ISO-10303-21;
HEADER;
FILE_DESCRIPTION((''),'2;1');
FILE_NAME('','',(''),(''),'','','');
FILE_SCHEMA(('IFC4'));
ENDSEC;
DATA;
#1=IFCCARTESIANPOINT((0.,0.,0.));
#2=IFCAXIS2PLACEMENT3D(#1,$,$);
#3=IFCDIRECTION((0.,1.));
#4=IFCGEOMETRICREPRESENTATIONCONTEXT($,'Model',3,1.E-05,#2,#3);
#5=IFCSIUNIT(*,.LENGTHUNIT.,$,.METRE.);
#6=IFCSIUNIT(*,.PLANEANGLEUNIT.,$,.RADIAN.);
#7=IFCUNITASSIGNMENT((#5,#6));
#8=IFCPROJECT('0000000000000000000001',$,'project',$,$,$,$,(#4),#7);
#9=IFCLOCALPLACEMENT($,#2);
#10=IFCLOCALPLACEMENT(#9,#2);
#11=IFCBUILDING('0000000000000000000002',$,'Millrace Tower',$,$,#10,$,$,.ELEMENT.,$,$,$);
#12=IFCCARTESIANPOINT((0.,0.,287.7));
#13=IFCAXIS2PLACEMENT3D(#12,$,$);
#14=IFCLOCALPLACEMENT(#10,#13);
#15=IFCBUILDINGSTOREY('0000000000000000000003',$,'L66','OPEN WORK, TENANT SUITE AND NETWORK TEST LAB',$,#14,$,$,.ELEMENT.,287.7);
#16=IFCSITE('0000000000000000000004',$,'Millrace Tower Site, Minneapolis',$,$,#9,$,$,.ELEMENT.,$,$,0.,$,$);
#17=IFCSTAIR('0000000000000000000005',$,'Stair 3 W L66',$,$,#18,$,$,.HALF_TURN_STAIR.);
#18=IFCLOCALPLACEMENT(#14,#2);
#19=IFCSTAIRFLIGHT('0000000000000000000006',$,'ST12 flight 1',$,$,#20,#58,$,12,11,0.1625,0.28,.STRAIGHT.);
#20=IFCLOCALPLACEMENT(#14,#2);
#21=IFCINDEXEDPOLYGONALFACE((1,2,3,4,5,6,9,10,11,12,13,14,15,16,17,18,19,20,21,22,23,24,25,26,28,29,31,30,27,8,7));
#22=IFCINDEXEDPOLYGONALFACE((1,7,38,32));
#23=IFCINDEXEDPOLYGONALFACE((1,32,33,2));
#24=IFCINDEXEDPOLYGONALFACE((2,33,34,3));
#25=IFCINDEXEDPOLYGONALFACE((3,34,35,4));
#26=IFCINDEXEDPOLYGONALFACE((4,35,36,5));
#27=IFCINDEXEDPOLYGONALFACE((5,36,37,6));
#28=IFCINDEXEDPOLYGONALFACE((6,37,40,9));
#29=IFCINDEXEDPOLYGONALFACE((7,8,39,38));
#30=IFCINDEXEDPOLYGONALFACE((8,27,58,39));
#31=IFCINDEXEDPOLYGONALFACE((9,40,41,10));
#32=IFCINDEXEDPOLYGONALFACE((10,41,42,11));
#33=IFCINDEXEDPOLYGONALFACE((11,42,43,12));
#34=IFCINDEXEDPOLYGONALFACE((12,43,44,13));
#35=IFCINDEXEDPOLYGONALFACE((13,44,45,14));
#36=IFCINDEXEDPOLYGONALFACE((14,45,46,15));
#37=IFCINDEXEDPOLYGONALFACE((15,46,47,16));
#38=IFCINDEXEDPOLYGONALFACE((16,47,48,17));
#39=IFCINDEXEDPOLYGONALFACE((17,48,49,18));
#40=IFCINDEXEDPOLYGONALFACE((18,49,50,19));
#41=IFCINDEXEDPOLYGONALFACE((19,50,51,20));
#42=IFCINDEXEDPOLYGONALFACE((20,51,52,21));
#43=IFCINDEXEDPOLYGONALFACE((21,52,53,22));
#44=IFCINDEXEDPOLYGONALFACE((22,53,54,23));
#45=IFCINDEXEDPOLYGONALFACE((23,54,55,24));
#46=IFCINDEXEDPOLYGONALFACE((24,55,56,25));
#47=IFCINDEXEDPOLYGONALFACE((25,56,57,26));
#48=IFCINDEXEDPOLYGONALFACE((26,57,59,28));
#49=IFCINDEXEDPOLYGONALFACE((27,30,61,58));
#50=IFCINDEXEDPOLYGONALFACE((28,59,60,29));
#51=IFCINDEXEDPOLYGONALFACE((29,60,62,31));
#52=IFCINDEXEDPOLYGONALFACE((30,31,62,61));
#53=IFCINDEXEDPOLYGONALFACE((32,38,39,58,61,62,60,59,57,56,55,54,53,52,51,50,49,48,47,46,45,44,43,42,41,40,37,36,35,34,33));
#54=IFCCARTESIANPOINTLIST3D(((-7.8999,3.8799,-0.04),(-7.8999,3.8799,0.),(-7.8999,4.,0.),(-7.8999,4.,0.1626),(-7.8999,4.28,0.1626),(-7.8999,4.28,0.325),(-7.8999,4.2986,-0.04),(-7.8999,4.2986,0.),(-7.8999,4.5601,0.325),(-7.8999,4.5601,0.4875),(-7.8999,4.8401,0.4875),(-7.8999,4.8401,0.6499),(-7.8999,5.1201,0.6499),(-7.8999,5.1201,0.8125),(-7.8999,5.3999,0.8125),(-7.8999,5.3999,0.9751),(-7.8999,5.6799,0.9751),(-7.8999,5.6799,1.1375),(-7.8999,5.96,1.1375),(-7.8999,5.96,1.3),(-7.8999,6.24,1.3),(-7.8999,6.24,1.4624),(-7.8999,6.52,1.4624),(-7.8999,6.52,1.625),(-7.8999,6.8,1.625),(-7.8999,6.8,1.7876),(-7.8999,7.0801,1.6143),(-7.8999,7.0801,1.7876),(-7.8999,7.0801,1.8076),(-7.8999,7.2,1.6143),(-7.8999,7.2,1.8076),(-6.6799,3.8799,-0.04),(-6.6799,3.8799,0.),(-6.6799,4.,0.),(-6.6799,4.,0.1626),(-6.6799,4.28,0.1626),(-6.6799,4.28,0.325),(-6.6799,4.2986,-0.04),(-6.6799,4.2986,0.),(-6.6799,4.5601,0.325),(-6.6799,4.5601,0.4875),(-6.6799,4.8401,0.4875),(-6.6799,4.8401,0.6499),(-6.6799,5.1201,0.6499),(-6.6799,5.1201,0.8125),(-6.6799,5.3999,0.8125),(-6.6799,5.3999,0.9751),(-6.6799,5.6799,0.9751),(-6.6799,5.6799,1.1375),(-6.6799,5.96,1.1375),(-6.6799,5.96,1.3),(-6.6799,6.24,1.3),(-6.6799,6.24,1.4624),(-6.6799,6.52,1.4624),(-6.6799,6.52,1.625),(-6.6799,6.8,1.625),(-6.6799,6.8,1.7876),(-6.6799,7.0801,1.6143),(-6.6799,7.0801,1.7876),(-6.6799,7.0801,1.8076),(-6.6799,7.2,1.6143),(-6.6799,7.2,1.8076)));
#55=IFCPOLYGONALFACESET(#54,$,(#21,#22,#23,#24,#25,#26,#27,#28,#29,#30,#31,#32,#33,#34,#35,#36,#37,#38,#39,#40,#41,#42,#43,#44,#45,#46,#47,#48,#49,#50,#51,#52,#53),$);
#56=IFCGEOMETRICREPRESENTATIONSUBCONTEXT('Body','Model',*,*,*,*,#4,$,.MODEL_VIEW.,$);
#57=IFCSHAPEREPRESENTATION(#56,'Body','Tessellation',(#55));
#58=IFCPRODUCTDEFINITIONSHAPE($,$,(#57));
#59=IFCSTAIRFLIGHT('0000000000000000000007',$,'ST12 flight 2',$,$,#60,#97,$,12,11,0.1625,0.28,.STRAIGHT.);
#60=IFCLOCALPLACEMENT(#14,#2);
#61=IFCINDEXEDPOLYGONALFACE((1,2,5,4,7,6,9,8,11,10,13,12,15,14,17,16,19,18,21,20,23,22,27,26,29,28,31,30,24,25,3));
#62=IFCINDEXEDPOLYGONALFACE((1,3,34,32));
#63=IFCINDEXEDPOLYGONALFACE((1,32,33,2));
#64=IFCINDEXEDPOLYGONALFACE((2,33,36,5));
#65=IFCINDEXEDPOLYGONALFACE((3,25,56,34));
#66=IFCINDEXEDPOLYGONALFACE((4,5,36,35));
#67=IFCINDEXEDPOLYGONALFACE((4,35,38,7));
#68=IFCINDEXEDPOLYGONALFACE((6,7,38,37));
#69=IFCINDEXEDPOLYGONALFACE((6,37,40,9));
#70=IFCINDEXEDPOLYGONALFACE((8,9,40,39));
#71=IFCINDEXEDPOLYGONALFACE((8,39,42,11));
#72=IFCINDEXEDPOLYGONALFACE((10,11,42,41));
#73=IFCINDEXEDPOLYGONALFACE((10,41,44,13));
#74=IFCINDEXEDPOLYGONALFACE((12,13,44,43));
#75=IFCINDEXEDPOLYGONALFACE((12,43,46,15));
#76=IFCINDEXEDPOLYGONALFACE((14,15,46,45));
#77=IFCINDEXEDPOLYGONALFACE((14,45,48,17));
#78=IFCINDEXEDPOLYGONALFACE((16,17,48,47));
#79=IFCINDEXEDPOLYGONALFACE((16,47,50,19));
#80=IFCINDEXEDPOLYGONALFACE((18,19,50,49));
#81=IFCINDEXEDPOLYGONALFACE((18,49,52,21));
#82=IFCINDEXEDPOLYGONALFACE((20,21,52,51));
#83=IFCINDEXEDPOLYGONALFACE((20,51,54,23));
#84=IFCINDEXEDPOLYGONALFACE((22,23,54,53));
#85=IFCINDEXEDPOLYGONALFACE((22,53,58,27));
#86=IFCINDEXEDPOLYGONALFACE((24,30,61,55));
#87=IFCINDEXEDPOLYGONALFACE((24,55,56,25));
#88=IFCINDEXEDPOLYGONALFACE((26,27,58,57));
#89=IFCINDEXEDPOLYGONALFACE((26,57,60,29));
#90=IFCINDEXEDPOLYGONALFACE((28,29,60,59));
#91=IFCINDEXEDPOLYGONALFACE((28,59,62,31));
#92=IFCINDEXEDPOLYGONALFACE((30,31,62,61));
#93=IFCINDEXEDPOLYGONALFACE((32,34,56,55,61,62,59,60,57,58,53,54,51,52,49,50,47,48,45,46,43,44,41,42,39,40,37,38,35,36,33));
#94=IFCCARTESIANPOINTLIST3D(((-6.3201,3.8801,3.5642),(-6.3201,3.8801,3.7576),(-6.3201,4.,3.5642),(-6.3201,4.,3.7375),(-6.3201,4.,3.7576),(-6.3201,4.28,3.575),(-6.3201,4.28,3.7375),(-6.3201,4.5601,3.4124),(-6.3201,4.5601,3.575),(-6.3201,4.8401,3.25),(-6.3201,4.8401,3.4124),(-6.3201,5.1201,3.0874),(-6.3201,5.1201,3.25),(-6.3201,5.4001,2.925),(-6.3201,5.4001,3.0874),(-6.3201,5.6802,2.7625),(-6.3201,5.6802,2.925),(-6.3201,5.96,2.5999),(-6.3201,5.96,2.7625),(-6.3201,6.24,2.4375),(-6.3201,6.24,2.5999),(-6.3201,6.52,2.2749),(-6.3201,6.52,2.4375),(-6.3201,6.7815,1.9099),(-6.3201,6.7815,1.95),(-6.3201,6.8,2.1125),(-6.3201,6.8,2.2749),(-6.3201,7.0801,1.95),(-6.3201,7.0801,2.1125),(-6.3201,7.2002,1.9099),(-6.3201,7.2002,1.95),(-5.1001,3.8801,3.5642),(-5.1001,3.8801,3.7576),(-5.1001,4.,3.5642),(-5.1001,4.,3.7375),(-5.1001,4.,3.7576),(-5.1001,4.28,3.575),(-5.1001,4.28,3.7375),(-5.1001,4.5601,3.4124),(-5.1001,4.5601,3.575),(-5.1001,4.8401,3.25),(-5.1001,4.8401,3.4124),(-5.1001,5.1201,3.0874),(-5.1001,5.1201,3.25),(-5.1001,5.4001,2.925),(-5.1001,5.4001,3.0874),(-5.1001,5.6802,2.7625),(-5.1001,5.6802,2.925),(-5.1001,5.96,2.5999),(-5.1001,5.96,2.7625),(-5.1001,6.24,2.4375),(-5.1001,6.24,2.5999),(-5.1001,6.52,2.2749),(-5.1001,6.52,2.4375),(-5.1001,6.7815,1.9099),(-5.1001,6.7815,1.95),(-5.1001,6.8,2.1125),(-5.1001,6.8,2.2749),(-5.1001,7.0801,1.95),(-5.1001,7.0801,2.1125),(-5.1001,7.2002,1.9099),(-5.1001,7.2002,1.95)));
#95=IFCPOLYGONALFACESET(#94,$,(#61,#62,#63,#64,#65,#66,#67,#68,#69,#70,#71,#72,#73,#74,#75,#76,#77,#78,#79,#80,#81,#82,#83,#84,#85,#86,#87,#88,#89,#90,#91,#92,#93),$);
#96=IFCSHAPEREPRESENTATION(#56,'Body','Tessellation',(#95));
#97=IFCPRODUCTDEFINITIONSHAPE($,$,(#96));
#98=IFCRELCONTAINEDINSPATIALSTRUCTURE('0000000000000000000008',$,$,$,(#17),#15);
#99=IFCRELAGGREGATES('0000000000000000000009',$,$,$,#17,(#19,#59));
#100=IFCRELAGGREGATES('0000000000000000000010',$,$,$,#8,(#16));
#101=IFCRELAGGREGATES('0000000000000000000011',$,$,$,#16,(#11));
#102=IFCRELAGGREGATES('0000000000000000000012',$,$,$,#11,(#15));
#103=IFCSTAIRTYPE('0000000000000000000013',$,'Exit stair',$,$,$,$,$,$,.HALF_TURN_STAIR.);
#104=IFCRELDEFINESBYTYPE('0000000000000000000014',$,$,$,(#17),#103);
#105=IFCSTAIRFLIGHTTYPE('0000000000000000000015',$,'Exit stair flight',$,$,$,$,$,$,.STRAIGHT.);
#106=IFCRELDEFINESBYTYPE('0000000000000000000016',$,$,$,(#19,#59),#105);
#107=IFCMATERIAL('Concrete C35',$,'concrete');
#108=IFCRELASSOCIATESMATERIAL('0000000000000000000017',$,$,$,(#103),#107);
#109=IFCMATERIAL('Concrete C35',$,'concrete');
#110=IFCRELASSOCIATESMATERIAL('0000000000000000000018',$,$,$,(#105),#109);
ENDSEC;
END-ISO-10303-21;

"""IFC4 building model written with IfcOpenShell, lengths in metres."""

from ifc_helpers import new_model, si_unit, direction, frame, origin, place, context, subcontext, project, spatial, polyline, outline, extrude, material, type_object, element, aggregate, save


model = new_model("IFC4")

# Units and contexts
model_context = context("Model", 3, precision=1e-05, world=origin(), true_north=direction((0.0, 1.0)))
body_context = subcontext(model_context, "Body", "Model", "MODEL_VIEW")
ifc_project = project(units=[si_unit("LENGTHUNIT", "METRE"), si_unit("PLANEANGLEUNIT", "RADIAN")], contexts=[model_context])

# Site, building, storey
site_placement = place(None, origin())
site = spatial("IfcSite", under=ifc_project, at=site_placement, Name="Millrace Tower Site, Minneapolis", CompositionType="ELEMENT", RefElevation=0.0)
building_placement = place(site_placement, origin())
building = spatial("IfcBuilding", under=site, at=building_placement, Name="Millrace Tower", CompositionType="ELEMENT")
storey_placement = place(building_placement, frame((0.0, 0.0, 287.7)))
storey = spatial("IfcBuildingStorey", under=building, at=storey_placement, Name="L66", Description="OPEN WORK, TENANT SUITE AND NETWORK TEST LAB", CompositionType="ELEMENT", Elevation=287.7)

# Shared definitions
placement_1 = place(storey_placement, origin())

# Stair, stair flights
ifc_material_1 = material(Name="Concrete C35", Category="concrete")
stair_type = type_object("IfcStairType", Name="Exit stair", PredefinedType="HALF_TURN_STAIR", material=ifc_material_1)
ifc_material_2 = material(Name="Concrete C35", Category="concrete")
stair_flight_type = type_object("IfcStairFlightType", Name="Exit stair flight", PredefinedType="STRAIGHT", material=ifc_material_2)
stair_1 = element("IfcStair", 1, at=placement_1, inside=storey, type_object=stair_type, Name="Stair 3 W L66", PredefinedType="HALF_TURN_STAIR")
stair_flight_1_placement = place(storey_placement, frame((-7.29, 4.0, 0.0), z_axis=(0.0, 0.0, 1.0), x_axis=(0.0, 1.0, 0.0)))
stair_flight_1 = element("IfcStairFlight", 2, at=stair_flight_1_placement, type_object=stair_flight_type, Name="ST12 flight 1", NumberOfRisers=12, NumberOfTreads=11, PredefinedType="STRAIGHT", RiserHeight=0.1625, TreadLength=0.28, context=body_context, shape_type="SweptSolid", body=[
    extrude(outline(polyline([(-0.1201, -0.04), (-0.1201, 0.0), (0.0, 0.0), (0.0, 0.1626), (0.28, 0.1626), (0.28, 0.325), (0.5601, 0.325), (0.5601, 0.4875), (0.8401, 0.4875), (0.8401, 0.6499), (1.1201, 0.6499), (1.1201, 0.8125), (1.3999, 0.8125), (1.3999, 0.9751), (1.6799, 0.9751), (1.6799, 1.1375), (1.96, 1.1375), (1.96, 1.3), (2.24, 1.3), (2.24, 1.4624), (2.52, 1.4624), (2.52, 1.625), (2.8, 1.625), (2.8, 1.7876), (3.0801, 1.7876), (3.0801, 1.8076), (3.2, 1.8076), (3.2, 1.6143), (3.0801, 1.6143), (0.2986, 0.0), (0.2986, -0.04), (-0.1201, -0.04)])), frame((0.0, 0.6099, 0.0), z_axis=(0.0, -1.0, 0.0), x_axis=(1.0, 0.0, 0.0)), (0.0, 0.0, 1.0), 1.22),
])
stair_flight_2_placement = place(storey_placement, frame((-5.71, 7.0801, 1.95), z_axis=(0.0, 0.0, 1.0), x_axis=(0.0, -1.0, 0.0)))
stair_flight_2 = element("IfcStairFlight", 3, at=stair_flight_2_placement, type_object=stair_flight_type, Name="ST12 flight 2", NumberOfRisers=12, NumberOfTreads=11, PredefinedType="STRAIGHT", RiserHeight=0.1625, TreadLength=0.28, context=body_context, shape_type="SweptSolid", body=[
    extrude(outline(polyline([(-0.1201, -0.04), (-0.1201, 0.0), (0.0, 0.0), (0.0, 0.1626), (0.28, 0.1626), (0.28, 0.325), (0.5601, 0.325), (0.5601, 0.4875), (0.8401, 0.4875), (0.8401, 0.6499), (1.1201, 0.6499), (1.1201, 0.8125), (1.3999, 0.8125), (1.3999, 0.9751), (1.6799, 0.9751), (1.6799, 1.1375), (1.96, 1.1375), (1.96, 1.3), (2.24, 1.3), (2.24, 1.4624), (2.52, 1.4624), (2.52, 1.625), (2.8, 1.625), (2.8, 1.7876), (3.0801, 1.7876), (3.0801, 1.8076), (3.2, 1.8076), (3.2, 1.6143), (3.0801, 1.6143), (0.2986, 0.0), (0.2986, -0.04), (-0.1201, -0.04)])), frame((0.0, 0.6099, 0.0), z_axis=(0.0, -1.0, 0.0), x_axis=(1.0, 0.0, 0.0)), (0.0, 0.0, 1.0), 1.22),
])
aggregate(stair_1, [stair_flight_1, stair_flight_2])

save(model, "model.ifc")
